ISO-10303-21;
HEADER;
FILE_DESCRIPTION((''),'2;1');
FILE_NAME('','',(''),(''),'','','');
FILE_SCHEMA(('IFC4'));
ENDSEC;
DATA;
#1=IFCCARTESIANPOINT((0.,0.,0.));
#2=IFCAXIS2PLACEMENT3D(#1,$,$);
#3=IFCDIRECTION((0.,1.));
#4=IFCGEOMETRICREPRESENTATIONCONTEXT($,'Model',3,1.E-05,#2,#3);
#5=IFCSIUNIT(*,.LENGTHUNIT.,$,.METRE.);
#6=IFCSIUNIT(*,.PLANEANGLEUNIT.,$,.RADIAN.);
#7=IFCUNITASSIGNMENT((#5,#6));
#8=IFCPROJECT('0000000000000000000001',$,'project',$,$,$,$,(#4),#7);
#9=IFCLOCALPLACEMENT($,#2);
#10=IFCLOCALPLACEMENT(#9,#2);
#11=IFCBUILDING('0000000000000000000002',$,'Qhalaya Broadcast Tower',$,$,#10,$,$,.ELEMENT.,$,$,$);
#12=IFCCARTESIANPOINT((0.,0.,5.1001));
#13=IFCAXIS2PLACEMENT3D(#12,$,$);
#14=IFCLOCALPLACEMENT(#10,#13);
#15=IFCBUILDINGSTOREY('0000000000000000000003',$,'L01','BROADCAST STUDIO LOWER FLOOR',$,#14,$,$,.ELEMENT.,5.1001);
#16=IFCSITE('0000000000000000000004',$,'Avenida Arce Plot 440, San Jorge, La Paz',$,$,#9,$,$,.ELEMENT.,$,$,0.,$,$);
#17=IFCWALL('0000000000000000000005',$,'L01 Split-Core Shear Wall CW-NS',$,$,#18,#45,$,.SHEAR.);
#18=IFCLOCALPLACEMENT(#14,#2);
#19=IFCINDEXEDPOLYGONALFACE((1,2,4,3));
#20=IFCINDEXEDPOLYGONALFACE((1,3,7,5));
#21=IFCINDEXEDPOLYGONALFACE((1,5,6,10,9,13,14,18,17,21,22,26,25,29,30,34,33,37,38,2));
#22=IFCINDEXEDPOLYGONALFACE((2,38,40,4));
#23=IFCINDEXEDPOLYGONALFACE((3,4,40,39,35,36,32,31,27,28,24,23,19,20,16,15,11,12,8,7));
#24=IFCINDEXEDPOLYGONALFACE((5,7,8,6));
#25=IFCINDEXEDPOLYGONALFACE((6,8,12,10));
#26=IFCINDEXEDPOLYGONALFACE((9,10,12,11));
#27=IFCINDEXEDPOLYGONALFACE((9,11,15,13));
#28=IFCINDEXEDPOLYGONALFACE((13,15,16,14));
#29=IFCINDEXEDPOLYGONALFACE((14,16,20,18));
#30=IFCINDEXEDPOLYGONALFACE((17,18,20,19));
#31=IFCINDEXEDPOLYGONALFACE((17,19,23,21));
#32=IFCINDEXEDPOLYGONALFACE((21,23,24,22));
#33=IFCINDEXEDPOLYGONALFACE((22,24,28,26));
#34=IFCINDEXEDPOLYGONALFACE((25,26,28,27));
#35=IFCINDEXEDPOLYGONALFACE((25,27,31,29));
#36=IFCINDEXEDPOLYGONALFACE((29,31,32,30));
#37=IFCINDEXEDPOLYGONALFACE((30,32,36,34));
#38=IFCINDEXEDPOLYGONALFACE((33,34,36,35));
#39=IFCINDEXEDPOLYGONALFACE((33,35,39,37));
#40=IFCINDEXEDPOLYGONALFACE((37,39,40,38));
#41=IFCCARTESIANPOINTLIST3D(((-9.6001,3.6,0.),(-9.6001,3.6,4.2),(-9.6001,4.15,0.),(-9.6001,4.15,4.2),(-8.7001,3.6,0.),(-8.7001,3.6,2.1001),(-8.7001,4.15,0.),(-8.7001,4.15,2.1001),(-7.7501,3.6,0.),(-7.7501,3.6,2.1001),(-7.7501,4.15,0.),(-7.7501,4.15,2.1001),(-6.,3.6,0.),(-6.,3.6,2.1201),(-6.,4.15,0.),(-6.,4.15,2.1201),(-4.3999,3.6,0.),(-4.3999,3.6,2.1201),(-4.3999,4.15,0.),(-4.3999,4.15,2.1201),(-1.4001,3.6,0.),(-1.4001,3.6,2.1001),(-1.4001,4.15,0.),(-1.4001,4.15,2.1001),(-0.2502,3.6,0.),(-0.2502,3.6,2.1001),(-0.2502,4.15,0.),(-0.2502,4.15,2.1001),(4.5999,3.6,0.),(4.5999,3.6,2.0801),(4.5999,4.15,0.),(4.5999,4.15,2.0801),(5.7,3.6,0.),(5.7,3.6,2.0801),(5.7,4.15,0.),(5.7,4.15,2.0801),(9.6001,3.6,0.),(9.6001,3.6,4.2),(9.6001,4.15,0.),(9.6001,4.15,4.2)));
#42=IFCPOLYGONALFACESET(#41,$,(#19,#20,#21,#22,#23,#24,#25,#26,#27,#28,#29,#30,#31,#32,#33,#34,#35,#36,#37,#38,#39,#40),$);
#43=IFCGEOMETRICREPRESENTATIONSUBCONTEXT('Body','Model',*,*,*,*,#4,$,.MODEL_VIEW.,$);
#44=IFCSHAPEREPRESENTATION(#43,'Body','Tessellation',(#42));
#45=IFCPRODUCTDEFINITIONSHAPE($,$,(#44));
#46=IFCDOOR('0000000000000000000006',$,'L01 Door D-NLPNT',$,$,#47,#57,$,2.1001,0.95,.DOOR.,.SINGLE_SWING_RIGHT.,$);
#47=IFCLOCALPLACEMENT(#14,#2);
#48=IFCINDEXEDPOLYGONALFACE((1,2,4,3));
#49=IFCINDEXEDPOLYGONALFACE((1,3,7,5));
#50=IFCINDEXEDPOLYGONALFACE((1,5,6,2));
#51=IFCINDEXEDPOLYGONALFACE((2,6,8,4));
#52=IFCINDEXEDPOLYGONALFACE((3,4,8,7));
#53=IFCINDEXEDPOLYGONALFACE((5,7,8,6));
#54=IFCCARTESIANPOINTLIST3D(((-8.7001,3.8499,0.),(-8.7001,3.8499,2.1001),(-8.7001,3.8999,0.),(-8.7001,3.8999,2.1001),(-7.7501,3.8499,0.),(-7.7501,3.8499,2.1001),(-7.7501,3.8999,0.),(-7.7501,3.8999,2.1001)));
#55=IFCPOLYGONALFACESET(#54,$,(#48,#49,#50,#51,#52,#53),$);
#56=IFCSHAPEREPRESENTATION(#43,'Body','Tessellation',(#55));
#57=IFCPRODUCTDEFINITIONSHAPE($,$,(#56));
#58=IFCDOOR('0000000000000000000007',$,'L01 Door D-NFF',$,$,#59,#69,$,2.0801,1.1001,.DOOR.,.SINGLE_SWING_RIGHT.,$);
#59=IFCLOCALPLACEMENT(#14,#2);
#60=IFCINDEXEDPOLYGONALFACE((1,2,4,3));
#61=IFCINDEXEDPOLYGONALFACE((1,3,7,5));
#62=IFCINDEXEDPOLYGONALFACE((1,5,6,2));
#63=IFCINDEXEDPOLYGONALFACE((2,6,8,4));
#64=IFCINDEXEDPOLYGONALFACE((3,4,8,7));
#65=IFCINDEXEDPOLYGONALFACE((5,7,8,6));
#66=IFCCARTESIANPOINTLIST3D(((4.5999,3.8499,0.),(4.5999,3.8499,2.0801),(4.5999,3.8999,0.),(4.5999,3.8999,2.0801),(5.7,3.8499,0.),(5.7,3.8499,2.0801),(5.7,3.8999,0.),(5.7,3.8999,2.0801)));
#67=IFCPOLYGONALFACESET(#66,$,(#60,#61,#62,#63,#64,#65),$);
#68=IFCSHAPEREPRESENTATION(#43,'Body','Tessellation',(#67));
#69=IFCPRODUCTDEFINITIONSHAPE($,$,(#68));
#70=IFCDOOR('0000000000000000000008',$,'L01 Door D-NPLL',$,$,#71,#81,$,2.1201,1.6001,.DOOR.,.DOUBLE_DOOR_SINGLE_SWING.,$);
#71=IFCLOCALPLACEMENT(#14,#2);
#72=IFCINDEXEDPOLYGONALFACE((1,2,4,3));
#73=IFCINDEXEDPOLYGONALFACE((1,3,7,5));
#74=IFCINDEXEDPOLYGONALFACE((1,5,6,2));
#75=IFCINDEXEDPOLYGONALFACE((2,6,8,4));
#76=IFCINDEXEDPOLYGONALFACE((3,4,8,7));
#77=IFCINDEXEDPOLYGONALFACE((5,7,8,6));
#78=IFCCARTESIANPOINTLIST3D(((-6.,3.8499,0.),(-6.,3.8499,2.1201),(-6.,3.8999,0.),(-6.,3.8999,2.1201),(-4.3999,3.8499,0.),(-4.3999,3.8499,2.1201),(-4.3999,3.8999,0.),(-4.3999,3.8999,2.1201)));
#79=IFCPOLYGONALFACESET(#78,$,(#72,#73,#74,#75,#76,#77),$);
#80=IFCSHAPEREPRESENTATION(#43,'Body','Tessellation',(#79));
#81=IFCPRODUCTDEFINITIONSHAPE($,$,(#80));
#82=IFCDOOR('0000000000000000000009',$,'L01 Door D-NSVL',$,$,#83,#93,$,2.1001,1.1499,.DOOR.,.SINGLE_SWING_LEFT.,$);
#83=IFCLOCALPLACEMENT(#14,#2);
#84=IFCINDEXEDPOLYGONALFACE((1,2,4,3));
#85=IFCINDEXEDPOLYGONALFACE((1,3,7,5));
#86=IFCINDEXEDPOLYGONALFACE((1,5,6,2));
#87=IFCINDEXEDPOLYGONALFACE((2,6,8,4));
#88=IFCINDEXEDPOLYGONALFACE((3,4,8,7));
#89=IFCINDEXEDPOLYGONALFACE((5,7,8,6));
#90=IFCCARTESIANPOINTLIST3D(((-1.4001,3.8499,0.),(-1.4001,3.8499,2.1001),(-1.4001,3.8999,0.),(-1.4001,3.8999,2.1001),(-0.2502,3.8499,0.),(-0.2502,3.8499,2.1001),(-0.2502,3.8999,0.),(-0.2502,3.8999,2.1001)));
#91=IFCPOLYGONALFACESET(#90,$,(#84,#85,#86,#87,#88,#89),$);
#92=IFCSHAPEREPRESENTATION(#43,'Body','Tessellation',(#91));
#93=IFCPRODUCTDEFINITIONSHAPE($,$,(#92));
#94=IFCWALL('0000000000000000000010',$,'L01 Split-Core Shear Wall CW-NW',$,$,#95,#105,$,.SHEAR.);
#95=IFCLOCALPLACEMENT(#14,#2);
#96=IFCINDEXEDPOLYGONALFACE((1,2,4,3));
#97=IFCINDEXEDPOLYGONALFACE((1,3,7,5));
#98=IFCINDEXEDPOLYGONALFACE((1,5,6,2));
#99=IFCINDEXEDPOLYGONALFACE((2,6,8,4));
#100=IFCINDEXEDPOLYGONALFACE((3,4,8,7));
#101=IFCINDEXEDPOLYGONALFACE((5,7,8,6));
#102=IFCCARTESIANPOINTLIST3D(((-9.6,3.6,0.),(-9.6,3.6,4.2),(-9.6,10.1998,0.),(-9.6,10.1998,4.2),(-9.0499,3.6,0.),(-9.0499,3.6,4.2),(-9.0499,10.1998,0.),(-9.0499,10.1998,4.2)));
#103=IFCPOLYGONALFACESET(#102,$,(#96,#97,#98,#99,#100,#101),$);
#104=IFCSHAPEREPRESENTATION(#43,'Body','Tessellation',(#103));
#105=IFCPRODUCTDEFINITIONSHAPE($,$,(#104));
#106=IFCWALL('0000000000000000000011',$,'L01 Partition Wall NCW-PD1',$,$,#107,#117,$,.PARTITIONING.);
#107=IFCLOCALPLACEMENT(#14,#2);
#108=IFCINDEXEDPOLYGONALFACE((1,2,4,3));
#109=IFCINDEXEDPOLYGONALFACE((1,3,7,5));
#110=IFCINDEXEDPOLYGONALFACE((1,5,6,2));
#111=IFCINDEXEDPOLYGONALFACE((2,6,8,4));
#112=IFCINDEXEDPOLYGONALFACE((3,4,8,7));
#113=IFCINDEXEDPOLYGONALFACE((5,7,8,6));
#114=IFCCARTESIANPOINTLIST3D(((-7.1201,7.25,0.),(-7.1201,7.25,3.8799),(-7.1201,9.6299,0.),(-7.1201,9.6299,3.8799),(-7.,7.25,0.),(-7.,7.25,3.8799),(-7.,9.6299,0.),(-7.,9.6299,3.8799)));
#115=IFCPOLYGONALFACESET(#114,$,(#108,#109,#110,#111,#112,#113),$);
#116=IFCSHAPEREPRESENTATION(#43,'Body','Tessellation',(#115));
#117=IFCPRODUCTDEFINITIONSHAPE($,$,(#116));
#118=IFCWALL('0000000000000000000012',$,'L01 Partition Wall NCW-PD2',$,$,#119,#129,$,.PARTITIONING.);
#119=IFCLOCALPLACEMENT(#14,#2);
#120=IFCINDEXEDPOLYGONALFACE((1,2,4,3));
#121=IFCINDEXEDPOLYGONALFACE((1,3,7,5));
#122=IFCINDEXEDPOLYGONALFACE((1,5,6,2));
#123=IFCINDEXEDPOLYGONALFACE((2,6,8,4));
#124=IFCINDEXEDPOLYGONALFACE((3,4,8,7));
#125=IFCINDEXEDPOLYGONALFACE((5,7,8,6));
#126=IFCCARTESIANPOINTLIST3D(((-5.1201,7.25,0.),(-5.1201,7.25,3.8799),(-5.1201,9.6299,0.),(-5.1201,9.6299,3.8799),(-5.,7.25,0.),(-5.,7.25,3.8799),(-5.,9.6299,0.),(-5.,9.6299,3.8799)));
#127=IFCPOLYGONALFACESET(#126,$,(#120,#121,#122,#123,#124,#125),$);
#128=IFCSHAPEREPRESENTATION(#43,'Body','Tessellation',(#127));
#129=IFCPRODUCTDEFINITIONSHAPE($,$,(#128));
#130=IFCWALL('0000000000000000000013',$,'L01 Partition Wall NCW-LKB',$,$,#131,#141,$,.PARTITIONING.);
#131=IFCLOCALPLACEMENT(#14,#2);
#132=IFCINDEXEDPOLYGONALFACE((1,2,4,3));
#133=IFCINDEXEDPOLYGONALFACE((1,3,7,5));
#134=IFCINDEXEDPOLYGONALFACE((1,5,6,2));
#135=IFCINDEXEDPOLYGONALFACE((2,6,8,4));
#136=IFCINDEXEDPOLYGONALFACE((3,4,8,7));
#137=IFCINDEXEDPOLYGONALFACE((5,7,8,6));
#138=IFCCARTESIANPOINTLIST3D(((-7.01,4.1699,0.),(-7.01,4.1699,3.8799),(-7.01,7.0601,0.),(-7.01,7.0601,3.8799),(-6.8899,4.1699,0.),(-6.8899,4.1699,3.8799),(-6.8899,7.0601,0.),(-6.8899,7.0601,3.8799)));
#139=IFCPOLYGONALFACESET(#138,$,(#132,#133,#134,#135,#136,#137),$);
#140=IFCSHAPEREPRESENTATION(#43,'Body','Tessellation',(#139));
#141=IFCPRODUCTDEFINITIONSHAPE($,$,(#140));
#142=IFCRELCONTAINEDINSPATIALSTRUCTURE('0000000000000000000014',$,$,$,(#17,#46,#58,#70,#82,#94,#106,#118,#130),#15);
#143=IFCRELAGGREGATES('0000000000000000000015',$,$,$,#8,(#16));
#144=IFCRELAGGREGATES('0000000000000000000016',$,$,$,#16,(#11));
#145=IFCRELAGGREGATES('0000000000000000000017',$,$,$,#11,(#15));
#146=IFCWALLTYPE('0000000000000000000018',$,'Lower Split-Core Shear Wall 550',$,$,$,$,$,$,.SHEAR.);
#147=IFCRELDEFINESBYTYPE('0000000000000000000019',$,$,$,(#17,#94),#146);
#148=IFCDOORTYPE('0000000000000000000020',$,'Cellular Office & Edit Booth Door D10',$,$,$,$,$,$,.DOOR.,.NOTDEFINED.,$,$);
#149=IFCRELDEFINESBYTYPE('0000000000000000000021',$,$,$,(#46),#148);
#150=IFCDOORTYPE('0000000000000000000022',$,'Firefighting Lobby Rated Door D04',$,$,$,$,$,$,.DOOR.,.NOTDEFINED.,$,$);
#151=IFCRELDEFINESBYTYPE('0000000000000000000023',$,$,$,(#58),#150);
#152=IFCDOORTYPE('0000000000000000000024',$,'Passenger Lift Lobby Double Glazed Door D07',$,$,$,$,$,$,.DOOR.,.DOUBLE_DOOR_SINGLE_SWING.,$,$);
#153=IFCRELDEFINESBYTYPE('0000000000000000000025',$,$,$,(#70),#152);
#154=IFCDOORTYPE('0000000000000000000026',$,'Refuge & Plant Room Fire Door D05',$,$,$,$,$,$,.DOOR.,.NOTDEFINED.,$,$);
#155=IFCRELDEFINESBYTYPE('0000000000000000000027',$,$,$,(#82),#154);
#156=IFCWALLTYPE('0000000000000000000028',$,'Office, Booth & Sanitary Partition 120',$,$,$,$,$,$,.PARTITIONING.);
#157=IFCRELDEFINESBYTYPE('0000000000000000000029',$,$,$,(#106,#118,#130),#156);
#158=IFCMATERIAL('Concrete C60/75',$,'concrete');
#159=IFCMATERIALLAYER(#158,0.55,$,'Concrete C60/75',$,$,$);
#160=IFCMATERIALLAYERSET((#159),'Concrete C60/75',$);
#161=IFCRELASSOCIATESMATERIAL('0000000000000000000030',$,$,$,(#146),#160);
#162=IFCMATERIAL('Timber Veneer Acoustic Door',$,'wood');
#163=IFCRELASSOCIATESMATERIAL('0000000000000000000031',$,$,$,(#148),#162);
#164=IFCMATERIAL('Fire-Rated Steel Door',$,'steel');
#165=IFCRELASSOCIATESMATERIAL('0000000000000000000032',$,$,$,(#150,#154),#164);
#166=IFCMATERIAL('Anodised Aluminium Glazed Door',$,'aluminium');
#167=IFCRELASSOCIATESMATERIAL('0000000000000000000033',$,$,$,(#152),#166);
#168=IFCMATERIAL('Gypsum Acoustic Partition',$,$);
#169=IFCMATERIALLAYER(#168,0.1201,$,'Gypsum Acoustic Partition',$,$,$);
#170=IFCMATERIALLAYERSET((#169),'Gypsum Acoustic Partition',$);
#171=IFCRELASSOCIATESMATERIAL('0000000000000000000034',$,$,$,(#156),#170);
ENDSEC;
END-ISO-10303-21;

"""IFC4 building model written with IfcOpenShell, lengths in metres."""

from ifc_helpers import new_model, si_unit, direction, frame, frame_2d, origin, place, context, subcontext, project, spatial, rectangle, extrude, material, layer, layer_set, type_object, element, fill, save


model = new_model("IFC4")

# Units and contexts
model_context = context("Model", 3, precision=1e-05, world=origin(), true_north=direction((0.0, 1.0)))
body_context = subcontext(model_context, "Body", "Model", "MODEL_VIEW")
ifc_project = project(units=[si_unit("LENGTHUNIT", "METRE"), si_unit("PLANEANGLEUNIT", "RADIAN")], contexts=[model_context])

# Site, building, storey
site_placement = place(None, origin())
site = spatial("IfcSite", under=ifc_project, at=site_placement, Name="Avenida Arce Plot 440, San Jorge, La Paz", CompositionType="ELEMENT", RefElevation=0.0)
building_placement = place(site_placement, origin())
building = spatial("IfcBuilding", under=site, at=building_placement, Name="Qhalaya Broadcast Tower", CompositionType="ELEMENT")
storey_placement = place(building_placement, frame((0.0, 0.0, 5.1001)))
storey = spatial("IfcBuildingStorey", under=building, at=storey_placement, Name="L01", Description="BROADCAST STUDIO LOWER FLOOR", CompositionType="ELEMENT", Elevation=5.1001)

# Shared definitions
ifc_material_1 = material(Name="Concrete C60/75", Category="concrete")

# Shared definitions
ifc_material_2 = material(Name="Fire-Rated Steel Door", Category="steel")

# Wall, openings, doors
ifc_layer_1 = layer(ifc_material_1, 0.55, Name="Concrete C60/75")
ifc_layer_set_1 = layer_set([ifc_layer_1], Name="Concrete C60/75")
wall_type_1 = type_object("IfcWallType", Name="Lower Split-Core Shear Wall 550", PredefinedType="SHEAR", material=ifc_layer_set_1)
wall_1_placement = place(storey_placement, frame((-9.6001, 3.875, 0.0), z_axis=(0.0, 0.0, 1.0), x_axis=(1.0, 0.0, 0.0)))
wall_1 = element("IfcWall", 1, at=wall_1_placement, inside=storey, type_object=wall_type_1, Name="L01 Split-Core Shear Wall CW-NS", PredefinedType="SHEAR", context=body_context, shape_type="SweptSolid", body=[
    extrude(rectangle(XDim=19.2002, YDim=0.55, at=frame_2d((9.6001, 0.0))), origin(), (0.0, 0.0, 1.0), 4.2),
])
opening_1_placement = place(wall_1_placement, frame((14.2, 0.0, 0.0)))
opening_1 = element("IfcOpeningElement", 2, at=opening_1_placement, cuts=wall_1, PredefinedType="OPENING", context=body_context, shape_type="SweptSolid", body=[
    extrude(rectangle(XDim=1.1001, YDim=2.0801, at=frame_2d((0.55, 1.04))), frame((0.0, 0.2871, 0.0), z_axis=(0.0, -1.0, 0.0), x_axis=(1.0, 0.0, 0.0)), (0.0, 0.0, 1.0), 0.574),
])
opening_2_placement = place(wall_1_placement, frame((8.2, 0.0, 0.0)))
opening_2 = element("IfcOpeningElement", 3, at=opening_2_placement, cuts=wall_1, PredefinedType="OPENING", context=body_context, shape_type="SweptSolid", body=[
    extrude(rectangle(XDim=1.1499, YDim=2.1001, at=frame_2d((0.575, 1.05))), frame((0.0, 0.2871, 0.0), z_axis=(0.0, -1.0, 0.0), x_axis=(1.0, 0.0, 0.0)), (0.0, 0.0, 1.0), 0.574),
])
opening_3_placement = place(wall_1_placement, frame((0.8999, 0.0, 0.0)))
opening_3 = element("IfcOpeningElement", 4, at=opening_3_placement, cuts=wall_1, PredefinedType="OPENING", context=body_context, shape_type="SweptSolid", body=[
    extrude(rectangle(XDim=0.95, YDim=2.1001, at=frame_2d((0.4751, 1.05))), frame((0.0, 0.2871, 0.0), z_axis=(0.0, -1.0, 0.0), x_axis=(1.0, 0.0, 0.0)), (0.0, 0.0, 1.0), 0.574),
])
opening_4_placement = place(wall_1_placement, frame((3.6001, 0.0, 0.0)))
opening_4 = element("IfcOpeningElement", 5, at=opening_4_placement, cuts=wall_1, PredefinedType="OPENING", context=body_context, shape_type="SweptSolid", body=[
    extrude(rectangle(XDim=1.6001, YDim=2.1201, at=frame_2d((0.8, 1.0601))), frame((0.0, 0.2871, 0.0), z_axis=(0.0, -1.0, 0.0), x_axis=(1.0, 0.0, 0.0)), (0.0, 0.0, 1.0), 0.574),
])
ifc_material_3 = material(Name="Timber Veneer Acoustic Door", Category="wood")
door_type_1 = type_object("IfcDoorType", Name="Cellular Office & Edit Booth Door D10", OperationType="NOTDEFINED", PredefinedType="DOOR", material=ifc_material_3)
door_1_placement = place(opening_3_placement, origin())
door_1 = element("IfcDoor", 6, at=door_1_placement, inside=storey, type_object=door_type_1, Name="L01 Door D-NLPNT", OperationType="SINGLE_SWING_RIGHT", OverallHeight=2.1001, OverallWidth=0.95, PredefinedType="DOOR", context=body_context, shape_type="SweptSolid", body=[
    extrude(rectangle(XDim=0.95, YDim=2.1001, at=frame_2d((0.4751, 1.05))), frame((0.0, 0.0249, 0.0), z_axis=(0.0, -1.0, 0.0), x_axis=(1.0, 0.0, 0.0)), (0.0, 0.0, 1.0), 0.05),
])
fill(opening_3, door_1)
door_type_2 = type_object("IfcDoorType", Name="Firefighting Lobby Rated Door D04", OperationType="NOTDEFINED", PredefinedType="DOOR", material=ifc_material_2)
door_2_placement = place(opening_1_placement, origin())
door_2 = element("IfcDoor", 7, at=door_2_placement, inside=storey, type_object=door_type_2, Name="L01 Door D-NFF", OperationType="SINGLE_SWING_RIGHT", OverallHeight=2.0801, OverallWidth=1.1001, PredefinedType="DOOR", context=body_context, shape_type="SweptSolid", body=[
    extrude(rectangle(XDim=1.1001, YDim=2.0801, at=frame_2d((0.55, 1.04))), frame((0.0, 0.0249, 0.0), z_axis=(0.0, -1.0, 0.0), x_axis=(1.0, 0.0, 0.0)), (0.0, 0.0, 1.0), 0.05),
])
fill(opening_1, door_2)
ifc_material_4 = material(Name="Anodised Aluminium Glazed Door", Category="aluminium")
door_type_3 = type_object("IfcDoorType", Name="Passenger Lift Lobby Double Glazed Door D07", OperationType="DOUBLE_DOOR_SINGLE_SWING", PredefinedType="DOOR", material=ifc_material_4)
door_3_placement = place(opening_4_placement, origin())
door_3 = element("IfcDoor", 8, at=door_3_placement, inside=storey, type_object=door_type_3, Name="L01 Door D-NPLL", OperationType="DOUBLE_DOOR_SINGLE_SWING", OverallHeight=2.1201, OverallWidth=1.6001, PredefinedType="DOOR", context=body_context, shape_type="SweptSolid", body=[
    extrude(rectangle(XDim=1.6001, YDim=2.1201, at=frame_2d((0.8, 1.0601))), frame((0.0, 0.0249, 0.0), z_axis=(0.0, -1.0, 0.0), x_axis=(1.0, 0.0, 0.0)), (0.0, 0.0, 1.0), 0.05),
])
fill(opening_4, door_3)
door_type_4 = type_object("IfcDoorType", Name="Refuge & Plant Room Fire Door D05", OperationType="NOTDEFINED", PredefinedType="DOOR", material=ifc_material_2)
door_4_placement = place(opening_2_placement, origin())
door_4 = element("IfcDoor", 9, at=door_4_placement, inside=storey, type_object=door_type_4, Name="L01 Door D-NSVL", OperationType="SINGLE_SWING_LEFT", OverallHeight=2.1001, OverallWidth=1.1499, PredefinedType="DOOR", context=body_context, shape_type="SweptSolid", body=[
    extrude(rectangle(XDim=1.1499, YDim=2.1001, at=frame_2d((0.575, 1.05))), frame((0.0, 0.0249, 0.0), z_axis=(0.0, -1.0, 0.0), x_axis=(1.0, 0.0, 0.0)), (0.0, 0.0, 1.0), 0.05),
])
fill(opening_2, door_4)

# Walls
wall_2_placement = place(storey_placement, frame((-9.325, 3.6001, 0.0), z_axis=(0.0, 0.0, 1.0), x_axis=(0.0, 1.0, 0.0)))
element("IfcWall", 10, at=wall_2_placement, inside=storey, type_object=wall_type_1, Name="L01 Split-Core Shear Wall CW-NW", PredefinedType="SHEAR", context=body_context, shape_type="SweptSolid", body=[
    extrude(rectangle(XDim=6.5999, YDim=0.55, at=frame_2d((3.2998, 0.0))), origin(), (0.0, 0.0, 1.0), 4.2),
])
ifc_material_5 = material(Name="Gypsum Acoustic Partition")
ifc_layer_2 = layer(ifc_material_5, 0.1201, Name="Gypsum Acoustic Partition")
ifc_layer_set_2 = layer_set([ifc_layer_2], Name="Gypsum Acoustic Partition")
wall_type_2 = type_object("IfcWallType", Name="Office, Booth & Sanitary Partition 120", PredefinedType="PARTITIONING", material=ifc_layer_set_2)
for number, where, z_axis, x_axis, name in (
    (11, (-7.0601, 7.25, 0.0), (0.0, 0.0, 1.0), (0.0, 1.0, 0.0), "L01 Partition Wall NCW-PD1"),
    (12, (-5.0601, 7.25, 0.0), (0.0, 0.0, 1.0), (0.0, 1.0, 0.0), "L01 Partition Wall NCW-PD2"),
):
    element("IfcWall", number, at=place(storey_placement, frame(where, z_axis=z_axis, x_axis=x_axis)), inside=storey, type_object=wall_type_2, Name=name, PredefinedType="PARTITIONING", context=body_context, shape_type="SweptSolid", body=[
        extrude(rectangle(XDim=2.3799, YDim=0.1201, at=frame_2d((1.1899, 0.0))), origin(), (0.0, 0.0, 1.0), 3.8799),
    ])
wall_3_placement = place(storey_placement, frame((-6.95, 4.1699, 0.0), z_axis=(0.0, 0.0, 1.0), x_axis=(0.0, 1.0, 0.0)))
element("IfcWall", 13, at=wall_3_placement, inside=storey, type_object=wall_type_2, Name="L01 Partition Wall NCW-LKB", PredefinedType="PARTITIONING", context=body_context, shape_type="SweptSolid", body=[
    extrude(rectangle(XDim=2.8901, YDim=0.1201, at=frame_2d((1.4451, 0.0))), origin(), (0.0, 0.0, 1.0), 3.8799),
])

save(model, "model.ifc")
